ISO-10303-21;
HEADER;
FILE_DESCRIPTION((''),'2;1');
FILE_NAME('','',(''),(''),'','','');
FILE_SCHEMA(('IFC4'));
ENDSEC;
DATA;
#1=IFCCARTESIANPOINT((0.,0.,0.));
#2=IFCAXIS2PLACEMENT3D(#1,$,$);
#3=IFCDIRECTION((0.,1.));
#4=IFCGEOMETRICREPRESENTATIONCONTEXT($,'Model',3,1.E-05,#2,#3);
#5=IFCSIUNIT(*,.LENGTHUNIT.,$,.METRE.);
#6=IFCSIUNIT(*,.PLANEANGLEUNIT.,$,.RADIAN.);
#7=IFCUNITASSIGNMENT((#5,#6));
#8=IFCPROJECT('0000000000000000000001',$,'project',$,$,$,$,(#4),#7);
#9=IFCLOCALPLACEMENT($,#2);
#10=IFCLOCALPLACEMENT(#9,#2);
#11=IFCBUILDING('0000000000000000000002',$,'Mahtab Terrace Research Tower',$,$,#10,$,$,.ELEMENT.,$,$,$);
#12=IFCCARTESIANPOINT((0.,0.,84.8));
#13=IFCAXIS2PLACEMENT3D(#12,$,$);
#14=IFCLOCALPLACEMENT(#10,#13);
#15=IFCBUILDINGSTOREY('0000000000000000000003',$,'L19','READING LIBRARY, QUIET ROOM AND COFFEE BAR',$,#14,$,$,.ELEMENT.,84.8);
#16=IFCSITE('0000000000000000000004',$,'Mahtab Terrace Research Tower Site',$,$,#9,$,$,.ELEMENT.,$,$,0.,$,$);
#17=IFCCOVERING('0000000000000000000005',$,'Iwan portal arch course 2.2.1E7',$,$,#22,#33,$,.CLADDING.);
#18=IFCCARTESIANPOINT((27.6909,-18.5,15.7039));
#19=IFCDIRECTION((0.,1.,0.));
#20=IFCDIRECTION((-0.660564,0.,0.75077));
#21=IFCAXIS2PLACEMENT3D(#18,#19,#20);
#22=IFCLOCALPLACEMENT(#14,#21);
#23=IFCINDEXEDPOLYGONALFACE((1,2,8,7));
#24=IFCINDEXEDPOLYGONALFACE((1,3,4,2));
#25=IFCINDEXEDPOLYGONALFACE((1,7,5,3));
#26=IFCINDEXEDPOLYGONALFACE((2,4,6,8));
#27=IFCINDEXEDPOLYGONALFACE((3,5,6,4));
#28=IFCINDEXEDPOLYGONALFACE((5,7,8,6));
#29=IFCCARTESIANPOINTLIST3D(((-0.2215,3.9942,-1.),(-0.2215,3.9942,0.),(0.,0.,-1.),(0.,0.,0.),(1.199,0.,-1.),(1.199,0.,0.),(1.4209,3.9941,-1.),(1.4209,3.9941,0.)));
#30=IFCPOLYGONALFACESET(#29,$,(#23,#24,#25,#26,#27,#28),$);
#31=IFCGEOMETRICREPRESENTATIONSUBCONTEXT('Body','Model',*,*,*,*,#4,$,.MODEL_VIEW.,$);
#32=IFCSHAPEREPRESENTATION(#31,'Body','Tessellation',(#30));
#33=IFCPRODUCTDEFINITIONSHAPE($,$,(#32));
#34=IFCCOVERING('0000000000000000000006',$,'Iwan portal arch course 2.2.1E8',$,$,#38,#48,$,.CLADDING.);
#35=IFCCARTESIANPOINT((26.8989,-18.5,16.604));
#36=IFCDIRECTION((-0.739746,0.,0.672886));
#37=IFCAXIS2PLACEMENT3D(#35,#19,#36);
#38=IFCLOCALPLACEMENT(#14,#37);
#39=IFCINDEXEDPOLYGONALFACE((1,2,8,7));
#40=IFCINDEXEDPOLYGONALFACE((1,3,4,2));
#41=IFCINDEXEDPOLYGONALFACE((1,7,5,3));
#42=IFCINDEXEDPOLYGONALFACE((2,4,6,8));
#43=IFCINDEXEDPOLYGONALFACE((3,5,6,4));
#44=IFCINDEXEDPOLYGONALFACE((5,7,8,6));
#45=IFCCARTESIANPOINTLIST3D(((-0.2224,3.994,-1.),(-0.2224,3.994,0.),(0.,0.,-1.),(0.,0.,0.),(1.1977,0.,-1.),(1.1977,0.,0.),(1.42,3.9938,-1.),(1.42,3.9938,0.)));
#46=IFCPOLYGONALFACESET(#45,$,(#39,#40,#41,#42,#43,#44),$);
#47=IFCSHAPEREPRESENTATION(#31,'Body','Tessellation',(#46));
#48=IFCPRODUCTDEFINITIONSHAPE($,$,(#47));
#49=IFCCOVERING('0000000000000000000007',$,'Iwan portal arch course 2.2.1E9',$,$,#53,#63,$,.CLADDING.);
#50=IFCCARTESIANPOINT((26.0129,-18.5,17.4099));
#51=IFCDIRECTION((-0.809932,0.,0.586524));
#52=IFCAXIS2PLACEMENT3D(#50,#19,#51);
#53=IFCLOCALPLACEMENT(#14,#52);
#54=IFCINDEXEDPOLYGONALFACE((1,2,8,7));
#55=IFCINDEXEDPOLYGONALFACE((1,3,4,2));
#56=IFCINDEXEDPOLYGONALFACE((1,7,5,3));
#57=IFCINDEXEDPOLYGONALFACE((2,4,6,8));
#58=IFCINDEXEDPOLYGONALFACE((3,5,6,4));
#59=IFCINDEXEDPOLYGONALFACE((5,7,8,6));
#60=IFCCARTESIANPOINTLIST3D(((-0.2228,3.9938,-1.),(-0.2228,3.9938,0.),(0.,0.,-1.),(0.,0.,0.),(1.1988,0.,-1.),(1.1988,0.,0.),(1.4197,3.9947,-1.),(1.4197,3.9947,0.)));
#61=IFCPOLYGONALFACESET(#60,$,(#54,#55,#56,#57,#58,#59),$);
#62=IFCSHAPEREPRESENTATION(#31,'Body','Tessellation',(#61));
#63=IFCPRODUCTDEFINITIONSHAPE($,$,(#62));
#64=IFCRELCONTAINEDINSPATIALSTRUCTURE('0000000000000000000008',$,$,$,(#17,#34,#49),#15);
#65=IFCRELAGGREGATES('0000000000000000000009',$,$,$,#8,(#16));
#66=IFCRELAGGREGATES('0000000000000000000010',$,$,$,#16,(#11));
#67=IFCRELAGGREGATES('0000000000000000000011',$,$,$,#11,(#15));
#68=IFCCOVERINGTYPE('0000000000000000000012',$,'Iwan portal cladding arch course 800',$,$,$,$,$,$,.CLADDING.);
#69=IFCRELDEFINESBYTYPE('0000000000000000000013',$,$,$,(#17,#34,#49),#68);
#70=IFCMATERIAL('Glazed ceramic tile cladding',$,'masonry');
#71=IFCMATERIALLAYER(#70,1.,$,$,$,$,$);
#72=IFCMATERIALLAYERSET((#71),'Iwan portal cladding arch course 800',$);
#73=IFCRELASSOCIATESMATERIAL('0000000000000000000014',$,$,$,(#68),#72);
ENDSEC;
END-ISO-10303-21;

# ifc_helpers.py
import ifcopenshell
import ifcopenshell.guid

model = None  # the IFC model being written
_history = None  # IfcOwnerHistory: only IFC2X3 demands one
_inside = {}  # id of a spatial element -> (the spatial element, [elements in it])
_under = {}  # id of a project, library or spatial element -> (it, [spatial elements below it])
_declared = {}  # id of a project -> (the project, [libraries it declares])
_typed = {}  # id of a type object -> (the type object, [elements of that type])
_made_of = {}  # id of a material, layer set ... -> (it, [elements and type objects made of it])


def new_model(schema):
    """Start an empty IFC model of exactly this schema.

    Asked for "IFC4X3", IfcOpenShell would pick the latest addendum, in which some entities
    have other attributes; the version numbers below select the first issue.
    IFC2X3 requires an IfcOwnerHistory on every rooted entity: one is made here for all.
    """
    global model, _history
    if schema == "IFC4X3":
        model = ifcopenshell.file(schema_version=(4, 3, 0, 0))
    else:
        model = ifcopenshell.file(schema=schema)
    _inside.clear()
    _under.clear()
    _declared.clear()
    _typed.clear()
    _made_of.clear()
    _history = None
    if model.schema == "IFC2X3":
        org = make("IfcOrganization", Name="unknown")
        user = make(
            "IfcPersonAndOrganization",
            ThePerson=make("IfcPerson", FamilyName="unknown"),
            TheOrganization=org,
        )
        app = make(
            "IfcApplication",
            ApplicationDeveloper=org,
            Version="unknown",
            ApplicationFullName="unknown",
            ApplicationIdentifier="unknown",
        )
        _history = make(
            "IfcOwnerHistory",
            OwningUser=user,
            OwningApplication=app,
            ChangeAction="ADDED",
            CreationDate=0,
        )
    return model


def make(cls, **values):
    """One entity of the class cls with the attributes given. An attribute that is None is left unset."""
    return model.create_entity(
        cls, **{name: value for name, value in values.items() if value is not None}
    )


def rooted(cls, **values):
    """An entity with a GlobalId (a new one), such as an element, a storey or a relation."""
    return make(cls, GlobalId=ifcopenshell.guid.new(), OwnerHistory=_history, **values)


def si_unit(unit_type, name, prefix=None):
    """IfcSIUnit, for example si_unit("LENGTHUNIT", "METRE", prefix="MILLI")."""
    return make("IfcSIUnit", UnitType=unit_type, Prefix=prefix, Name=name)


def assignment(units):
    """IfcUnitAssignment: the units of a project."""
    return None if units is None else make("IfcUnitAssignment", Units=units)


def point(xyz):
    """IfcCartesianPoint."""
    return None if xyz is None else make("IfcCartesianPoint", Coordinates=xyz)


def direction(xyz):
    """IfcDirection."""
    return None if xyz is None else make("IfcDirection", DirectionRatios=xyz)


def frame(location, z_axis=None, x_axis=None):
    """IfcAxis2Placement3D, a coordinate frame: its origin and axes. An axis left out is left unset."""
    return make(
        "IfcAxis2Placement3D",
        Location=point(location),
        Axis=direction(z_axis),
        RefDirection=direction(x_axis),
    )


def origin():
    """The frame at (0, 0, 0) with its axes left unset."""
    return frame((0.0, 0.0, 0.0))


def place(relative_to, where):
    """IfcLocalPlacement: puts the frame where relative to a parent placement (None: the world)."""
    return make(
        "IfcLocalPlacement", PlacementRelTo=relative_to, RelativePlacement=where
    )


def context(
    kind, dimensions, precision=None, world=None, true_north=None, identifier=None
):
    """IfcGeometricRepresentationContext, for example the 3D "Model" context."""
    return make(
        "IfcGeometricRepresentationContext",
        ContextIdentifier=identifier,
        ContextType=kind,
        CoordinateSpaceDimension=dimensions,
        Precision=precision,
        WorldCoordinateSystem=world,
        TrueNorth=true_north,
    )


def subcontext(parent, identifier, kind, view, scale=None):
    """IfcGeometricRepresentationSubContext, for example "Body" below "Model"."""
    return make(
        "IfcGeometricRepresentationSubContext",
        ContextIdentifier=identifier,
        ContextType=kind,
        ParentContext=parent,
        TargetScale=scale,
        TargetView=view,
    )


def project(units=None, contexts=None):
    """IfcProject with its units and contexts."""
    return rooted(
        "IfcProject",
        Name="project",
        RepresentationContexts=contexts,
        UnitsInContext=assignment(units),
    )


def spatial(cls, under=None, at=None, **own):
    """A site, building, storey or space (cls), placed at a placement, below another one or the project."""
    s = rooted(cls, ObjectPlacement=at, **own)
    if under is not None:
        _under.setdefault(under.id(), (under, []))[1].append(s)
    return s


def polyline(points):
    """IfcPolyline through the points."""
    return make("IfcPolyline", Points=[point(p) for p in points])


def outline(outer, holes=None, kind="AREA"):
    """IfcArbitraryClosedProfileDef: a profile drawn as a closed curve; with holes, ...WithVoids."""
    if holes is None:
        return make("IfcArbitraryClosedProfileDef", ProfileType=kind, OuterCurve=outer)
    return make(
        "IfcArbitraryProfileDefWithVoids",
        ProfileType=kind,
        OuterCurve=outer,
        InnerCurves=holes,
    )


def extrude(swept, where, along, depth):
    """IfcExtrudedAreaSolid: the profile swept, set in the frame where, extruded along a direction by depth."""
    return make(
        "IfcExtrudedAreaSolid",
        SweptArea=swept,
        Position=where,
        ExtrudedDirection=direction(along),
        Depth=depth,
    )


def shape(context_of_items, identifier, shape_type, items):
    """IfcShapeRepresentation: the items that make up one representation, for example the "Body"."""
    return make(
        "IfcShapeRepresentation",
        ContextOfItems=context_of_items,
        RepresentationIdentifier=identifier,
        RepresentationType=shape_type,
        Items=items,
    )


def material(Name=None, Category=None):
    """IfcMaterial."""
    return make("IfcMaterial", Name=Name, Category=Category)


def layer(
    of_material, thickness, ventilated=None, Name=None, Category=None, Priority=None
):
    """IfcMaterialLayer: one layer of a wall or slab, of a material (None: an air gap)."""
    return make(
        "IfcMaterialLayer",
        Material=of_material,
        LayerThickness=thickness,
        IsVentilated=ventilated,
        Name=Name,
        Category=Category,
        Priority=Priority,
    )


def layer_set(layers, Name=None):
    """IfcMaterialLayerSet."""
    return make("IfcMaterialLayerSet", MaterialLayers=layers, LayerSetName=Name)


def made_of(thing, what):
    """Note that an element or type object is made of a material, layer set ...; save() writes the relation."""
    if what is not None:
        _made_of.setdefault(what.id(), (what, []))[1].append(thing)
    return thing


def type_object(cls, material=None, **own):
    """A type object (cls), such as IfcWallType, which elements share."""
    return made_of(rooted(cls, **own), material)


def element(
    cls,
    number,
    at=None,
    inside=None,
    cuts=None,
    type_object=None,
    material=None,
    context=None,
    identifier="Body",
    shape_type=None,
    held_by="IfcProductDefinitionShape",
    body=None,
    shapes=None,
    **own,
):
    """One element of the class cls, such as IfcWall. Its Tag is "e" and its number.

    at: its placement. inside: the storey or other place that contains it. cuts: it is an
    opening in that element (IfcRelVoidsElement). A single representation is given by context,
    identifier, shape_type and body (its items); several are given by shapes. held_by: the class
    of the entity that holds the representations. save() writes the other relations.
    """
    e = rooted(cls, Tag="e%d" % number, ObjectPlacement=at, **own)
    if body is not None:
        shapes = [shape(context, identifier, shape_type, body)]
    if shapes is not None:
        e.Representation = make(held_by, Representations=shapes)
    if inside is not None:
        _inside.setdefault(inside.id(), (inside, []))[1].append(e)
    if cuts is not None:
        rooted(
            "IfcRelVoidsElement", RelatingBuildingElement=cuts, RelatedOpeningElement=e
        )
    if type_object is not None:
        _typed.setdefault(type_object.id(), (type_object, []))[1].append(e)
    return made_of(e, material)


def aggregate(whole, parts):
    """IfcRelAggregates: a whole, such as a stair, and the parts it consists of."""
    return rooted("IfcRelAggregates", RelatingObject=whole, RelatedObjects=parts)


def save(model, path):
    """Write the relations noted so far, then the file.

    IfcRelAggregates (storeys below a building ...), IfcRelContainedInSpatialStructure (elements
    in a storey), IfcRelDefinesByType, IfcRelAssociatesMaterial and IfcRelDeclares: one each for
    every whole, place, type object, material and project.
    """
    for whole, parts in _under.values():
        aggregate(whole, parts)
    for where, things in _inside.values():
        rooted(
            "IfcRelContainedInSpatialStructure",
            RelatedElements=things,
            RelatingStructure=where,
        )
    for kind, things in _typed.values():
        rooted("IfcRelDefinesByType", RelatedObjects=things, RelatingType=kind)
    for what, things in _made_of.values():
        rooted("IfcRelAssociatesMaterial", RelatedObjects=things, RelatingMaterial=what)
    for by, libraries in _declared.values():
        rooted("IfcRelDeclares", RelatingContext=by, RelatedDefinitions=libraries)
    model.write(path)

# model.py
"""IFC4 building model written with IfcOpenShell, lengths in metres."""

from ifc_helpers import new_model, si_unit, direction, frame, origin, place, context, subcontext, project, spatial, polyline, outline, extrude, material, layer, layer_set, type_object, element, save


model = new_model("IFC4")

# Units and contexts
model_context = context("Model", 3, precision=1e-05, world=origin(), true_north=direction((0.0, 1.0)))
body_context = subcontext(model_context, "Body", "Model", "MODEL_VIEW")
ifc_project = project(units=[si_unit("LENGTHUNIT", "METRE"), si_unit("PLANEANGLEUNIT", "RADIAN")], contexts=[model_context])

# Site, building, storey
site_placement = place(None, origin())
site = spatial("IfcSite", under=ifc_project, at=site_placement, Name="Mahtab Terrace Research Tower Site", CompositionType="ELEMENT", RefElevation=0.0)
building_placement = place(site_placement, origin())
building = spatial("IfcBuilding", under=site, at=building_placement, Name="Mahtab Terrace Research Tower", CompositionType="ELEMENT")
storey_placement = place(building_placement, frame((0.0, 0.0, 84.8)))
storey = spatial("IfcBuildingStorey", under=building, at=storey_placement, Name="L19", Description="READING LIBRARY, QUIET ROOM AND COFFEE BAR", CompositionType="ELEMENT", Elevation=84.8)

# Coverings
ifc_material_1 = material(Name="Glazed ceramic tile cladding", Category="masonry")
ifc_layer_1 = layer(ifc_material_1, 1.0)
ifc_layer_set_1 = layer_set([ifc_layer_1], Name="Iwan portal cladding arch course 800")
covering_type_1 = type_object("IfcCoveringType", Name="Iwan portal cladding arch course 800", PredefinedType="CLADDING", material=ifc_layer_set_1)
covering_1_placement = place(storey_placement, frame((27.6909, -18.5, 15.7039), z_axis=(0.0, 1.0, 0.0), x_axis=(-0.660564, 0.0, 0.75077)))
element("IfcCovering", 1, at=covering_1_placement, inside=storey, type_object=covering_type_1, Name="Iwan portal arch course 2.2.1E7", PredefinedType="CLADDING", context=body_context, shape_type="SweptSolid", body=[
    extrude(outline(polyline([(0.0, 0.0), (1.199, 0.0), (1.4209, 3.9941), (-0.2215, 3.9942), (0.0, 0.0)])), origin(), (0.0, 0.0, -1.0), 1.0),
])
covering_2_placement = place(storey_placement, frame((26.8989, -18.5, 16.604), z_axis=(0.0, 1.0, 0.0), x_axis=(-0.739746, 0.0, 0.672886)))
element("IfcCovering", 2, at=covering_2_placement, inside=storey, type_object=covering_type_1, Name="Iwan portal arch course 2.2.1E8", PredefinedType="CLADDING", context=body_context, shape_type="SweptSolid", body=[
    extrude(outline(polyline([(0.0, 0.0), (1.1977, 0.0), (1.42, 3.9938), (-0.2224, 3.994), (0.0, 0.0)])), origin(), (0.0, 0.0, -1.0), 1.0),
])
covering_3_placement = place(storey_placement, frame((26.0129, -18.5, 17.4099), z_axis=(0.0, 1.0, 0.0), x_axis=(-0.809932, 0.0, 0.586524)))
element("IfcCovering", 3, at=covering_3_placement, inside=storey, type_object=covering_type_1, Name="Iwan portal arch course 2.2.1E9", PredefinedType="CLADDING", context=body_context, shape_type="SweptSolid", body=[
    extrude(outline(polyline([(0.0, 0.0), (1.1988, 0.0), (1.4197, 3.9947), (-0.2228, 3.9938), (0.0, 0.0)])), origin(), (0.0, 0.0, -1.0), 1.0),
])

save(model, "model.ifc")
